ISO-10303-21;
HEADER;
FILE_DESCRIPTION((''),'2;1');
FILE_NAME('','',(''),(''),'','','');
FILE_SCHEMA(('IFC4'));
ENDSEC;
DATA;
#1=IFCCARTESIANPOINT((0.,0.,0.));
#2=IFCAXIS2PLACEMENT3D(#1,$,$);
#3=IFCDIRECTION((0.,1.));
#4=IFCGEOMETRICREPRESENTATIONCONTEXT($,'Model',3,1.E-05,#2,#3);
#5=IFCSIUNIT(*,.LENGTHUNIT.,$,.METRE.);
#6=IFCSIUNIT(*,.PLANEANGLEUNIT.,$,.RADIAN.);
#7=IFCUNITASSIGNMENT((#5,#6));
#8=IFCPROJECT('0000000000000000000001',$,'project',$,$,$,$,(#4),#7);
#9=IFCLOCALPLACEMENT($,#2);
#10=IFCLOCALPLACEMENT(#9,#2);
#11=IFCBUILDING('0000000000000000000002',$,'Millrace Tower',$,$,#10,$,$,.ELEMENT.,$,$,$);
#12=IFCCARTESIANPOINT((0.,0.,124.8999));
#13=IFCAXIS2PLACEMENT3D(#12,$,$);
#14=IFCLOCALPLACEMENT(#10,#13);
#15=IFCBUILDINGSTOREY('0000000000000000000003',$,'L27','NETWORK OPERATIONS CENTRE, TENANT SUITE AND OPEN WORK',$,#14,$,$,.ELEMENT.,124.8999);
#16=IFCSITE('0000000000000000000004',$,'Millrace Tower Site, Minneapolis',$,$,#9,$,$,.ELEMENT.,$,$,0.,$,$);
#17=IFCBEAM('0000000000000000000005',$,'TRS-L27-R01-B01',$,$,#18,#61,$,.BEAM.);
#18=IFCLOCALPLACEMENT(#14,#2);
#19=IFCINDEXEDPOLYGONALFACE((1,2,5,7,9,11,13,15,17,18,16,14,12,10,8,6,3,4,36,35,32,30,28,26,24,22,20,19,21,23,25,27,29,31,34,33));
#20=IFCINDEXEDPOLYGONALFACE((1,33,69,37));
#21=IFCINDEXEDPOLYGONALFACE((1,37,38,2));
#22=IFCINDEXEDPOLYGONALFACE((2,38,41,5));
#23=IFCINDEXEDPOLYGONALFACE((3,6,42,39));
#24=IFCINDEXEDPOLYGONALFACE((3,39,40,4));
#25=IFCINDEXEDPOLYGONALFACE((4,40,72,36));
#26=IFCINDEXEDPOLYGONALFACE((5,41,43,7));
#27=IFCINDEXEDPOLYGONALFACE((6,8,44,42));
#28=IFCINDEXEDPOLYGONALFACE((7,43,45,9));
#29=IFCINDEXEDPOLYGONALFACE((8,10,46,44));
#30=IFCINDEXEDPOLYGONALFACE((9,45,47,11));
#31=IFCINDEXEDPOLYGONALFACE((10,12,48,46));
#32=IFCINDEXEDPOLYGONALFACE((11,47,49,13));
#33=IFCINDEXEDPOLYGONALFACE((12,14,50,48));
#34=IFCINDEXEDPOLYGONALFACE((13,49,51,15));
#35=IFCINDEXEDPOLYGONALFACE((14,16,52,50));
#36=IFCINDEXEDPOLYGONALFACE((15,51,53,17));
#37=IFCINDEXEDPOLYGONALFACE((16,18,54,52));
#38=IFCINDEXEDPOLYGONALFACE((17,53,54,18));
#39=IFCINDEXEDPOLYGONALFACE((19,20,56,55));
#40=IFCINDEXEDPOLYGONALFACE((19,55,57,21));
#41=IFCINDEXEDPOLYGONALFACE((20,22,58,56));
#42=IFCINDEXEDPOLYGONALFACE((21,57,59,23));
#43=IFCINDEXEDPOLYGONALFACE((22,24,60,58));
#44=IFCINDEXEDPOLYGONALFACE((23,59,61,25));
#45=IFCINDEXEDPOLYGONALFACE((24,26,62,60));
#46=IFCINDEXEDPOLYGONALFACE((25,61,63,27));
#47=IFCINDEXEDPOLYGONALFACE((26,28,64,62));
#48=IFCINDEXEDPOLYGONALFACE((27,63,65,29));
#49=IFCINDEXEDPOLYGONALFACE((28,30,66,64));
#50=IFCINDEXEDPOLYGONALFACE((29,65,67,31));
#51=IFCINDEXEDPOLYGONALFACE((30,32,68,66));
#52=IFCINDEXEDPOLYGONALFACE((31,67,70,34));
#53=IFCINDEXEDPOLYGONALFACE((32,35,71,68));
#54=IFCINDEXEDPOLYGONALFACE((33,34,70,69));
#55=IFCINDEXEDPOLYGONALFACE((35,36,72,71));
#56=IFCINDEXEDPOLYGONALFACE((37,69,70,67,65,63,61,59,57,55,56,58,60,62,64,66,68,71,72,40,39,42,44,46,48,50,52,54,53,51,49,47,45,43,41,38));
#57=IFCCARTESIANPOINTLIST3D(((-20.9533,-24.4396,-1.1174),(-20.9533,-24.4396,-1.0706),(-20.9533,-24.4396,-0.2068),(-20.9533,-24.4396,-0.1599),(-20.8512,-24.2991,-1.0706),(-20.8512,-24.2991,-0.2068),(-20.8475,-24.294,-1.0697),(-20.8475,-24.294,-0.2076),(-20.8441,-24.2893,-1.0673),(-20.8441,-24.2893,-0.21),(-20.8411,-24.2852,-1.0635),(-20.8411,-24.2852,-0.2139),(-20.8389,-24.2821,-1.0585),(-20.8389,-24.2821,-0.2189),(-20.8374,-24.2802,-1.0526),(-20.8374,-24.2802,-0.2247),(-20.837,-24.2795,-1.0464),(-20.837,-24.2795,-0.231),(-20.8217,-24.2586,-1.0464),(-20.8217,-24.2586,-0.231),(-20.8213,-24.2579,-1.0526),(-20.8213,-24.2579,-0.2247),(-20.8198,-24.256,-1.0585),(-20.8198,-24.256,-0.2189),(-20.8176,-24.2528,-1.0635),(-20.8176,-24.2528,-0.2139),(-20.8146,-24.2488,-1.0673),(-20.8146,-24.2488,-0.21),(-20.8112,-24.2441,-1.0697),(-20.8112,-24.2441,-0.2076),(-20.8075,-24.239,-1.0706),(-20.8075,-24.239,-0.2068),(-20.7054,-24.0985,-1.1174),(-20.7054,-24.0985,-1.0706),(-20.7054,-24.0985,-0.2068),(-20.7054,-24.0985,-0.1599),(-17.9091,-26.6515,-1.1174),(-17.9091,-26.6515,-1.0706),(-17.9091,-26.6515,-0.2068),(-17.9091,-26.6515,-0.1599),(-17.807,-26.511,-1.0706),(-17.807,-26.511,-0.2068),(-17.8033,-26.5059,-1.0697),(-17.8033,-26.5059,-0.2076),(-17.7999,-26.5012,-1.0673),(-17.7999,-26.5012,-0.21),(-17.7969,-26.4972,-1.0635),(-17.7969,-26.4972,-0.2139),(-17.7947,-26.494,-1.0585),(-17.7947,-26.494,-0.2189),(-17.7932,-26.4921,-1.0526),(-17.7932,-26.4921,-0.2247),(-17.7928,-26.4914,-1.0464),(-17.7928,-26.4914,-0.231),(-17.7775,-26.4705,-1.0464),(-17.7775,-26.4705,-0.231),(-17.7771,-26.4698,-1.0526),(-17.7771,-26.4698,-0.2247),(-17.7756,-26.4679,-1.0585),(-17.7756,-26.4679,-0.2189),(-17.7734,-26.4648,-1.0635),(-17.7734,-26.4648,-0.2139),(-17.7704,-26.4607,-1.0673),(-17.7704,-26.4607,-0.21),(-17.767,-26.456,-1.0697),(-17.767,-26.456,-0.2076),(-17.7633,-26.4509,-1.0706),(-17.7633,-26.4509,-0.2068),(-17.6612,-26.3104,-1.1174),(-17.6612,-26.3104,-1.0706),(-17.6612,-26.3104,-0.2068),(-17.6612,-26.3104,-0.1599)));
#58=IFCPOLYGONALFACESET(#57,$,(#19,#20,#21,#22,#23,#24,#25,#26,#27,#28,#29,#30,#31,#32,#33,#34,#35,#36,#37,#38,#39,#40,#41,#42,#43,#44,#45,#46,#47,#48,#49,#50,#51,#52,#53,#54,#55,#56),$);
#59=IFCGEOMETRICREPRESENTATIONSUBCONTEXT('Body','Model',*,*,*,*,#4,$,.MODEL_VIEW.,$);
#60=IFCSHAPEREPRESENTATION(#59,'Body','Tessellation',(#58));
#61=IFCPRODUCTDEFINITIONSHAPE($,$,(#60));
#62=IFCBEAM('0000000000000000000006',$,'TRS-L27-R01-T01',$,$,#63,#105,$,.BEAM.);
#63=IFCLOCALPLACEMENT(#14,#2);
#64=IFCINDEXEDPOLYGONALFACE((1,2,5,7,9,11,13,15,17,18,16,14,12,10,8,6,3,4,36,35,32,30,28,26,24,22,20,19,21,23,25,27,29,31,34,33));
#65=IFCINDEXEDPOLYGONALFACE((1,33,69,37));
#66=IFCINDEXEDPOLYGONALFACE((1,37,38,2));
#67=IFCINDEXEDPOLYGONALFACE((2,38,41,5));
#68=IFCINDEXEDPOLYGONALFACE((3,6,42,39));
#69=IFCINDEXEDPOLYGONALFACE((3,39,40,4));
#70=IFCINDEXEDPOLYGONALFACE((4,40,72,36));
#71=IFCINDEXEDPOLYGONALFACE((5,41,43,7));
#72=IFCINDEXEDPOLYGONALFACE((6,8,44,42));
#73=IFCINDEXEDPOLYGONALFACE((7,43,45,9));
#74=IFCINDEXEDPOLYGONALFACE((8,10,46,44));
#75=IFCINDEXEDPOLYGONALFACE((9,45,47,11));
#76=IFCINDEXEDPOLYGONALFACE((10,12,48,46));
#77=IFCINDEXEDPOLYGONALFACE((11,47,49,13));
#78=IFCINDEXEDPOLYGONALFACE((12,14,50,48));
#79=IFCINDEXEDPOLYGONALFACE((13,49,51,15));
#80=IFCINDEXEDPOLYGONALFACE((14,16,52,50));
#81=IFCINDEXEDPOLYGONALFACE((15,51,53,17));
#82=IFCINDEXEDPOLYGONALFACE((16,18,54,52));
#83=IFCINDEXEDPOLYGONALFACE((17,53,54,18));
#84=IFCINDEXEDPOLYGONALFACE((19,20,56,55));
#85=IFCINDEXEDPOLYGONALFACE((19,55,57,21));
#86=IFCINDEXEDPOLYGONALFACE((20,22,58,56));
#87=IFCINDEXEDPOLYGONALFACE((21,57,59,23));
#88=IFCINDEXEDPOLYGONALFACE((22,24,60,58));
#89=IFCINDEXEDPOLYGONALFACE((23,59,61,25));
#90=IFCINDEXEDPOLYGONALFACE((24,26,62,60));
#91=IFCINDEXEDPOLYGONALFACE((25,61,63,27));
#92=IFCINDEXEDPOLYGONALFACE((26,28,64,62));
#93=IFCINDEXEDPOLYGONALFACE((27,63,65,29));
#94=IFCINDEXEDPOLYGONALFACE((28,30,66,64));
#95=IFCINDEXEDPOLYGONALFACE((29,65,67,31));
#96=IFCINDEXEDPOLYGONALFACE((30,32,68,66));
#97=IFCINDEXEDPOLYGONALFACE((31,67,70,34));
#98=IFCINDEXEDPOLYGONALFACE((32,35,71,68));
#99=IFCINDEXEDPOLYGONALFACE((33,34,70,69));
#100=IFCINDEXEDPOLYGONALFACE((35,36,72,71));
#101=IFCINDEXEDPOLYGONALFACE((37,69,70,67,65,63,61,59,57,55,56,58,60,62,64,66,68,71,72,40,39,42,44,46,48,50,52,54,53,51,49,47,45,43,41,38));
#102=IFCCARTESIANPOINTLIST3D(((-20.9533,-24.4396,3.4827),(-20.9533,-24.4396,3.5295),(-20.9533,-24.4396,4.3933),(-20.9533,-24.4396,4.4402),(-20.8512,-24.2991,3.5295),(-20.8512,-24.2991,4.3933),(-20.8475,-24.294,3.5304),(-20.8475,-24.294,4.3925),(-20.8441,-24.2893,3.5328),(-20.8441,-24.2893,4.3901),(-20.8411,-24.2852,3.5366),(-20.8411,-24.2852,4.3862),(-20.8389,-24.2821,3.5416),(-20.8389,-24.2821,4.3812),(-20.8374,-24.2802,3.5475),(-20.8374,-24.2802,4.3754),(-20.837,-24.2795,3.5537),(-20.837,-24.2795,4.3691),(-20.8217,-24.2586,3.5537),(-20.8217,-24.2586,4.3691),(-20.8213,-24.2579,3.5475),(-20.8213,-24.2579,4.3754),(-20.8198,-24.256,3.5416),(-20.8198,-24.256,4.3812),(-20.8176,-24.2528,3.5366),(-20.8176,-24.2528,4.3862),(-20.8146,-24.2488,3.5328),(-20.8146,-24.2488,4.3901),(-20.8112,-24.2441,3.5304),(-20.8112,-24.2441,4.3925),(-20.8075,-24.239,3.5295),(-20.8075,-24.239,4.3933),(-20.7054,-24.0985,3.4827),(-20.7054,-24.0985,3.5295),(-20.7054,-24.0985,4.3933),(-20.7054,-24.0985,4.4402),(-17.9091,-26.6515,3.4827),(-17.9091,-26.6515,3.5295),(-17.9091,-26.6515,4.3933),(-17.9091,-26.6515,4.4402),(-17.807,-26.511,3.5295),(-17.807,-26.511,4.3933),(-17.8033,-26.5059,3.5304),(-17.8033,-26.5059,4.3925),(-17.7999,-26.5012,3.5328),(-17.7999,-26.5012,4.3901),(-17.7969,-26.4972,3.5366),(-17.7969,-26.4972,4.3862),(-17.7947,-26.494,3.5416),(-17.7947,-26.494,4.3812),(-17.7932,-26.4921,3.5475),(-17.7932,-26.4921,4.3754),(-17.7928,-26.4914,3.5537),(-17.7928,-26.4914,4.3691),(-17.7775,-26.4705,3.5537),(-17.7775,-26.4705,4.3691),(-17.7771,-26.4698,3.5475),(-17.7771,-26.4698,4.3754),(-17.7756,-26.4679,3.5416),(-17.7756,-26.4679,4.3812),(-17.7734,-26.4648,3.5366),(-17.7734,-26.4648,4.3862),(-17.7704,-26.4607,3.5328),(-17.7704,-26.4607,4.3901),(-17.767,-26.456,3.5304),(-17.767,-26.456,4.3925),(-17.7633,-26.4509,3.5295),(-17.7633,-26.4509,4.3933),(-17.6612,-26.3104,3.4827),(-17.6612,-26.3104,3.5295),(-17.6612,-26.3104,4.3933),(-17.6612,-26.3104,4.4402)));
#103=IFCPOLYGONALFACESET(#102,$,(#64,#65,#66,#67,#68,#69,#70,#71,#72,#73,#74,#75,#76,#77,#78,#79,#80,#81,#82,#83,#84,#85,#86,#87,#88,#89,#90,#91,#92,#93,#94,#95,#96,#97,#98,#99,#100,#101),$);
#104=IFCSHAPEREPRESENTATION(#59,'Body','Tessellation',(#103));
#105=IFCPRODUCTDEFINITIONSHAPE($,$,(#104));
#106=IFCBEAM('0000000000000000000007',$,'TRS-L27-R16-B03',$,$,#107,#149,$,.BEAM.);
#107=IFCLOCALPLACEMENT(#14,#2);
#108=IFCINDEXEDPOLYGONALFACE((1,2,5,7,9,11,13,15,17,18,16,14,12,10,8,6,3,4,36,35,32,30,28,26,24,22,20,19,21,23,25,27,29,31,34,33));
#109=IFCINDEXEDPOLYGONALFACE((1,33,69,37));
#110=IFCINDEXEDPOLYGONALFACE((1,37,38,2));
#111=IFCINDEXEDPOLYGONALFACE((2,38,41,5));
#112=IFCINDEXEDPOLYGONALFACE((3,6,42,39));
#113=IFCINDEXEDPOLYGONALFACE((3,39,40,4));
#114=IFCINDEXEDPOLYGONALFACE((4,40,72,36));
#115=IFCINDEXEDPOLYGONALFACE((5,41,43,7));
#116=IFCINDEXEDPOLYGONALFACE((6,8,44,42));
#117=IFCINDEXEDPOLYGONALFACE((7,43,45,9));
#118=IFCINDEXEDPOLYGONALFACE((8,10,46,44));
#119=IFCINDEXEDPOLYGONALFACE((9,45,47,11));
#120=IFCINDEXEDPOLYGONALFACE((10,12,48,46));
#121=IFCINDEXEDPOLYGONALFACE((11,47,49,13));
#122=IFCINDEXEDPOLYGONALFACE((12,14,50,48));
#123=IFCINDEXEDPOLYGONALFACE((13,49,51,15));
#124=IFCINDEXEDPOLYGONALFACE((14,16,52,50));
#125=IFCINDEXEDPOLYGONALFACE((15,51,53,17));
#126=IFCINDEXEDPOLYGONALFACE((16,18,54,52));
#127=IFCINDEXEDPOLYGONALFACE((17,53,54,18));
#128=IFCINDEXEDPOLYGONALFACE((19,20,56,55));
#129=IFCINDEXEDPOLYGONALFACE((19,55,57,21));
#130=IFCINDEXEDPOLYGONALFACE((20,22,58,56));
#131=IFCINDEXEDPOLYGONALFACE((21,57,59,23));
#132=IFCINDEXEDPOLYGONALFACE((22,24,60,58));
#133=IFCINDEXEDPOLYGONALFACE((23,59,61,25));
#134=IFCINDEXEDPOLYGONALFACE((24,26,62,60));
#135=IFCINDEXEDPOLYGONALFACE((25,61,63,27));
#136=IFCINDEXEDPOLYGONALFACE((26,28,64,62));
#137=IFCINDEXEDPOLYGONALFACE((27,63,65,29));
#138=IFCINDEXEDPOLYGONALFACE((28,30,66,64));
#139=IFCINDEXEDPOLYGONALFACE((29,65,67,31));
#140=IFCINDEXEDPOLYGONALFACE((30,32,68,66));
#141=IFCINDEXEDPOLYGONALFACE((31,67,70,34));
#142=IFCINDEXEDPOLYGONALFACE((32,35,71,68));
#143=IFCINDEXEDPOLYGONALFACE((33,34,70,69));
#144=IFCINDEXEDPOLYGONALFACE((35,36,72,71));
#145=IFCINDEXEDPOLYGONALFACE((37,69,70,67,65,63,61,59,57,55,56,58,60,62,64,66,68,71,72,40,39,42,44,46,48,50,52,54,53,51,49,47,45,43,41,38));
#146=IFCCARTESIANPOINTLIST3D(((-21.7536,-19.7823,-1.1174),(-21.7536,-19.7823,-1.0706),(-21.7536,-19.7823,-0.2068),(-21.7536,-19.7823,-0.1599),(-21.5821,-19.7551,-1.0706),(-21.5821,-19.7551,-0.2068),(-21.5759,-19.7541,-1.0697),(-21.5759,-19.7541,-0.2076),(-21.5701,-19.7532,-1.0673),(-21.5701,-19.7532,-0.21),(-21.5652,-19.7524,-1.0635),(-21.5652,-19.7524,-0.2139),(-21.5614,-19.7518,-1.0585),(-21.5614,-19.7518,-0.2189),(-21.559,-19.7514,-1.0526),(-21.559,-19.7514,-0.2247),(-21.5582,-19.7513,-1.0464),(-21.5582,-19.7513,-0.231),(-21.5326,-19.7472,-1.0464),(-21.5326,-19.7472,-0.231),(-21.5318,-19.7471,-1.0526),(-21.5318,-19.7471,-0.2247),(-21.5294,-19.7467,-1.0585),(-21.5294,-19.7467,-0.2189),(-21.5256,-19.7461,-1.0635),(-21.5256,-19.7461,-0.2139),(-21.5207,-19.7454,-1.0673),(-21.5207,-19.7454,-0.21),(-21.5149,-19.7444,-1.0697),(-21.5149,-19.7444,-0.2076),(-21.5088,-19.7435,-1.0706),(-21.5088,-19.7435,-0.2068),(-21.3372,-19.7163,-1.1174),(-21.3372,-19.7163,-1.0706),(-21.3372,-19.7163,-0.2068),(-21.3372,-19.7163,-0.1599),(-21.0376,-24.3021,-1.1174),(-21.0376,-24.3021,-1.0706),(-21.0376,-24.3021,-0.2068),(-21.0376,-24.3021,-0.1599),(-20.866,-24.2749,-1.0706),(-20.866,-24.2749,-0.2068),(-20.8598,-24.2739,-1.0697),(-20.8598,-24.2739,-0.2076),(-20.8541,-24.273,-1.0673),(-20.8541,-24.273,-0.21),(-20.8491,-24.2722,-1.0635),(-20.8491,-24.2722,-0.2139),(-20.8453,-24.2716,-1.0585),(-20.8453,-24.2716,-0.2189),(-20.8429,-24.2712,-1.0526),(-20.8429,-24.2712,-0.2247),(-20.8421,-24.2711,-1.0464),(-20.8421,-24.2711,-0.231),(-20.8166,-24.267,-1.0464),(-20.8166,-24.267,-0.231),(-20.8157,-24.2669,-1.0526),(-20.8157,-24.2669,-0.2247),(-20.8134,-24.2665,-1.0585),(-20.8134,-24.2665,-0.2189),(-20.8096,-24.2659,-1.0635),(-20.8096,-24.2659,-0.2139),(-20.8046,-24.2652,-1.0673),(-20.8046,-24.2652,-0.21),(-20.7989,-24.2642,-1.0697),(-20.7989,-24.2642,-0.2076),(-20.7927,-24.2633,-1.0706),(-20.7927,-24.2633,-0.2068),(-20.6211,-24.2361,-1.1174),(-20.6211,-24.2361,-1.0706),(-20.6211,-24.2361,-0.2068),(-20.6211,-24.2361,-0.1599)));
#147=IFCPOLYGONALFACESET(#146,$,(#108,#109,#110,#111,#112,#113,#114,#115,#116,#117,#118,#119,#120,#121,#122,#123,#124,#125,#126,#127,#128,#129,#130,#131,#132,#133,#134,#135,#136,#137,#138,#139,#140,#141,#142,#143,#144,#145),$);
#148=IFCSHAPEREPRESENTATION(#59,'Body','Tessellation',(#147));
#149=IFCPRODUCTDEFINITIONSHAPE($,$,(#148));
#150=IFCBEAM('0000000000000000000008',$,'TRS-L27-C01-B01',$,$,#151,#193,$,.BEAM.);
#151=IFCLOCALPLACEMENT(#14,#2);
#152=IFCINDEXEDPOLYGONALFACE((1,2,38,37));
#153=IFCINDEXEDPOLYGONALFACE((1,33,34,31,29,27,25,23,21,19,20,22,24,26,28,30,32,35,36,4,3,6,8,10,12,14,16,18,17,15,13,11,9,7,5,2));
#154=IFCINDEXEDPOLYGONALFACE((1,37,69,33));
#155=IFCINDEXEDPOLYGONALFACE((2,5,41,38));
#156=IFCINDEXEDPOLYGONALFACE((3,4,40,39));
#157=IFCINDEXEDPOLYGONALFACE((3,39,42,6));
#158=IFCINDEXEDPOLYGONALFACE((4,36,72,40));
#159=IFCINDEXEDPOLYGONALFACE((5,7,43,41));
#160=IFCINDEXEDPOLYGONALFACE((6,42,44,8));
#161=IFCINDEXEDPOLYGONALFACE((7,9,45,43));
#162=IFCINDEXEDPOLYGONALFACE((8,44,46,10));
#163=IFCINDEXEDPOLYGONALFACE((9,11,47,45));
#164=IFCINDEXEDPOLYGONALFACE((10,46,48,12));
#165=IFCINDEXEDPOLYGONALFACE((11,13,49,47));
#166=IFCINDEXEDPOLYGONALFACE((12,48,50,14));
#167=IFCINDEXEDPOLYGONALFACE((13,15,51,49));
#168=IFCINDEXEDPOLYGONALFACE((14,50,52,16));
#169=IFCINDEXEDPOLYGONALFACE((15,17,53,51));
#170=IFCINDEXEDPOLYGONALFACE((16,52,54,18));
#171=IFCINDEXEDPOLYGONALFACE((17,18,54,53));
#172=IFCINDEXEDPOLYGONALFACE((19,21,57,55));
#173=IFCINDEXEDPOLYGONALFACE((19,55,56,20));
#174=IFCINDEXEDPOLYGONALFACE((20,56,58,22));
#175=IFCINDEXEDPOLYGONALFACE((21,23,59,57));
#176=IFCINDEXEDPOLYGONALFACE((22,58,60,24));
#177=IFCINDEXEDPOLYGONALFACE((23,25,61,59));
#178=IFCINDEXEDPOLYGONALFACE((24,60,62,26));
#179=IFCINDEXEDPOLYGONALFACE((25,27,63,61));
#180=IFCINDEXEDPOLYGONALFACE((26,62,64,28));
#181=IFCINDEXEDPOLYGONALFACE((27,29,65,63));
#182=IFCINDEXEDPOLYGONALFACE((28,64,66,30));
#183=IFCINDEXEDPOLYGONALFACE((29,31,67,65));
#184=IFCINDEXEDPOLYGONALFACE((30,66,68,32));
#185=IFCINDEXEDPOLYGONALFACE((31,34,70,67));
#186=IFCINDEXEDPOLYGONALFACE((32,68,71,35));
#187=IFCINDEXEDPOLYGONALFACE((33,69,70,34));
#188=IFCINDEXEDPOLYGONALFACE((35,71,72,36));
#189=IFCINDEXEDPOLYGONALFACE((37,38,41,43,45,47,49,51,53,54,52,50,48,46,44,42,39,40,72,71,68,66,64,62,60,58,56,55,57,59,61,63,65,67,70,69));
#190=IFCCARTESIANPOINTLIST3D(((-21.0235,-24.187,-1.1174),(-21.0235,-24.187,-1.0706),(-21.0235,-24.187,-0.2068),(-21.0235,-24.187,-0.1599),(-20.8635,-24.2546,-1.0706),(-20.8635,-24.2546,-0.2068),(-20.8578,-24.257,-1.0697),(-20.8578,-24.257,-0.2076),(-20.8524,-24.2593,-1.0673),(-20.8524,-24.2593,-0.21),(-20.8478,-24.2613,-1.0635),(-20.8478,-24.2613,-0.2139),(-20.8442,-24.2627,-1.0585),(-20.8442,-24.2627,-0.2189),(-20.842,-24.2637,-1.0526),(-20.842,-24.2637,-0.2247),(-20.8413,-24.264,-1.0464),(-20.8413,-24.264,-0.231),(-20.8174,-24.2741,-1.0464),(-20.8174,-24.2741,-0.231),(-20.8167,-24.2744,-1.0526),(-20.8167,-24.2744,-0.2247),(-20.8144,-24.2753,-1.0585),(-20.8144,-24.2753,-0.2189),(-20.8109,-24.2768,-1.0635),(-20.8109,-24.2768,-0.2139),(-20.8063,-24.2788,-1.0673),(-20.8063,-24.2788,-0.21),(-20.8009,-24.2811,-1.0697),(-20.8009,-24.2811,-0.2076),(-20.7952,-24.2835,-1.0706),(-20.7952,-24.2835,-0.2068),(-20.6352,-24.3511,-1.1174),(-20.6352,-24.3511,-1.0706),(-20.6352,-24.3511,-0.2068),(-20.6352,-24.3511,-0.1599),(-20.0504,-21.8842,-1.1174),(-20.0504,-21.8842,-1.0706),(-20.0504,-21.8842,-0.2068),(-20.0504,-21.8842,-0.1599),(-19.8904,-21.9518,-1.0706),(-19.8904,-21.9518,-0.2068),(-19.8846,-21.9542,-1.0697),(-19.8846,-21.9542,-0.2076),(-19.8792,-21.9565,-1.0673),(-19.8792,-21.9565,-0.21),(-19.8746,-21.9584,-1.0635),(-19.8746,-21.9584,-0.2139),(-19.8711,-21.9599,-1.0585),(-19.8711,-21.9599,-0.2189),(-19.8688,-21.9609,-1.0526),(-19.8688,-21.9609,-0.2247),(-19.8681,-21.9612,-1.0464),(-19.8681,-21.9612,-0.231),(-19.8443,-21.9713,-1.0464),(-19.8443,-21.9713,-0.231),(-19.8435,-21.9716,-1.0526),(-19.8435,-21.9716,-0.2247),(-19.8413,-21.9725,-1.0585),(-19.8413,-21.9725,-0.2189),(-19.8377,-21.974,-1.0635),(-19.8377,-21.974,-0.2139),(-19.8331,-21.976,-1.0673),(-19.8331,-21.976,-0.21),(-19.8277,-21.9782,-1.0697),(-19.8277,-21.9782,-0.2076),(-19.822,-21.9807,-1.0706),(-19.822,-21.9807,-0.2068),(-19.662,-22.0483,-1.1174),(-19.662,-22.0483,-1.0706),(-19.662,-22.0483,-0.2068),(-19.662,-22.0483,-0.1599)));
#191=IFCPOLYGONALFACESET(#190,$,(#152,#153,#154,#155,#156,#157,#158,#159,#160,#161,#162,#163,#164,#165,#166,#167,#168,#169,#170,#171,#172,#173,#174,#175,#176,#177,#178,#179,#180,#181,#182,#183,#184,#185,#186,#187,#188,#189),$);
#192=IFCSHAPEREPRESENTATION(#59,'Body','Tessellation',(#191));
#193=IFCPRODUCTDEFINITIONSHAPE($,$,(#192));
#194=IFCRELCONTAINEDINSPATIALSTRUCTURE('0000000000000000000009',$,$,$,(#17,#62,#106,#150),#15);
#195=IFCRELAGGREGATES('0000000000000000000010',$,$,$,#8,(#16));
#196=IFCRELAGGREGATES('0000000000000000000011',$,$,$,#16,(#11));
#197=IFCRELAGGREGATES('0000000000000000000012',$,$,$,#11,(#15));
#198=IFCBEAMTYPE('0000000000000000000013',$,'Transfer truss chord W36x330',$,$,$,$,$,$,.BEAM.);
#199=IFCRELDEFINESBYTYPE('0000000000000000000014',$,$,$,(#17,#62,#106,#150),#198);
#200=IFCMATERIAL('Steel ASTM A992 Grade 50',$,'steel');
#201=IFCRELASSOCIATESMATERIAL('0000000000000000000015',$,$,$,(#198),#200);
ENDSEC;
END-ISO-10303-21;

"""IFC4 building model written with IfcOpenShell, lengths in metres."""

from ifc_helpers import new_model, si_unit, direction, frame, origin, origin_2d, place, context, subcontext, project, spatial, i_section, extrude, material, material_profile, profile_set, type_object, element, save


model = new_model("IFC4")

# Units and contexts
model_context = context("Model", 3, precision=1e-05, world=origin(), true_north=direction((0.0, 1.0)))
body_context = subcontext(model_context, "Body", "Model", "MODEL_VIEW")
ifc_project = project(units=[si_unit("LENGTHUNIT", "METRE"), si_unit("PLANEANGLEUNIT", "RADIAN")], contexts=[model_context])

# Site, building, storey
site_placement = place(None, origin())
site = spatial("IfcSite", under=ifc_project, at=site_placement, Name="Millrace Tower Site, Minneapolis", CompositionType="ELEMENT", RefElevation=0.0)
building_placement = place(site_placement, origin())
building = spatial("IfcBuilding", under=site, at=building_placement, Name="Millrace Tower", CompositionType="ELEMENT")
storey_placement = place(building_placement, frame((0.0, 0.0, 124.8999)))
storey = spatial("IfcBuildingStorey", under=building, at=storey_placement, Name="L27", Description="NETWORK OPERATIONS CENTRE, TENANT SUITE AND OPEN WORK", CompositionType="ELEMENT", Elevation=124.8999)

# Beams
ifc_material_1 = material(Name="Steel ASTM A992 Grade 50", Category="steel")
ifc_material_profile_1 = material_profile(ifc_material_1, i_section(OverallWidth=0.4216, OverallDepth=0.9575, WebThickness=0.0259, FlangeThickness=0.0469, FilletRadius=0.0242, at=origin_2d()))
ifc_profile_set_1 = profile_set([ifc_material_profile_1], Name="Steel ASTM A992 Grade 50")
beam_type_1 = type_object("IfcBeamType", Name="Transfer truss chord W36x330", PredefinedType="BEAM", material=ifc_profile_set_1)
for number, where, z_axis, x_axis, name in (
    (1, (-20.8293, -24.269, -0.6387), (0.808994, -0.587817, 0.0), (0.587817, 0.808994, 0.0), "TRS-L27-R01-B01"),
    (2, (-20.8293, -24.269, 3.9614), (0.808994, -0.587817, 0.0), (0.587817, 0.808994, 0.0), "TRS-L27-R01-T01"),
):
    element("IfcBeam", number, at=place(storey_placement, frame(where, z_axis=z_axis, x_axis=x_axis)), inside=storey, type_object=beam_type_1, Name=name, PredefinedType="BEAM", context=body_context, shape_type="SweptSolid", body=[
        extrude(i_section(OverallWidth=0.4216, OverallDepth=0.9575, WebThickness=0.0259, FlangeThickness=0.0469, FilletRadius=0.0242, at=origin_2d()), origin(), (0.0, 0.0, 1.0), 3.7629),
    ])
beam_1_placement = place(storey_placement, frame((-21.5454, -19.7493, -0.6387), z_axis=(0.156478, -0.987682, 0.0), x_axis=(0.987682, 0.156478, 0.0)))
element("IfcBeam", 3, at=beam_1_placement, inside=storey, type_object=beam_type_1, Name="TRS-L27-R16-B03", PredefinedType="BEAM", context=body_context, shape_type="SweptSolid", body=[
    extrude(i_section(OverallWidth=0.4216, OverallDepth=0.9575, WebThickness=0.0259, FlangeThickness=0.0469, FilletRadius=0.0242, at=origin_2d()), origin(), (0.0, 0.0, 1.0), 4.5762),
])
for number, where, z_axis, x_axis, name in (
    (4, (-20.8293, -24.269, -0.6387), (0.38927, 0.921124, 0.0), (-0.921124, 0.38927, 0.0), "TRS-L27-C01-B01"),
):
    element("IfcBeam", number, at=place(storey_placement, frame(where, z_axis=z_axis, x_axis=x_axis)), inside=storey, type_object=beam_type_1, Name=name, PredefinedType="BEAM", context=body_context, shape_type="SweptSolid", body=[
        extrude(i_section(OverallWidth=0.4216, OverallDepth=0.9575, WebThickness=0.0259, FlangeThickness=0.0469, FilletRadius=0.0242, at=origin_2d()), origin(), (0.0, 0.0, 1.0), 2.5),
    ])

save(model, "model.ifc")
